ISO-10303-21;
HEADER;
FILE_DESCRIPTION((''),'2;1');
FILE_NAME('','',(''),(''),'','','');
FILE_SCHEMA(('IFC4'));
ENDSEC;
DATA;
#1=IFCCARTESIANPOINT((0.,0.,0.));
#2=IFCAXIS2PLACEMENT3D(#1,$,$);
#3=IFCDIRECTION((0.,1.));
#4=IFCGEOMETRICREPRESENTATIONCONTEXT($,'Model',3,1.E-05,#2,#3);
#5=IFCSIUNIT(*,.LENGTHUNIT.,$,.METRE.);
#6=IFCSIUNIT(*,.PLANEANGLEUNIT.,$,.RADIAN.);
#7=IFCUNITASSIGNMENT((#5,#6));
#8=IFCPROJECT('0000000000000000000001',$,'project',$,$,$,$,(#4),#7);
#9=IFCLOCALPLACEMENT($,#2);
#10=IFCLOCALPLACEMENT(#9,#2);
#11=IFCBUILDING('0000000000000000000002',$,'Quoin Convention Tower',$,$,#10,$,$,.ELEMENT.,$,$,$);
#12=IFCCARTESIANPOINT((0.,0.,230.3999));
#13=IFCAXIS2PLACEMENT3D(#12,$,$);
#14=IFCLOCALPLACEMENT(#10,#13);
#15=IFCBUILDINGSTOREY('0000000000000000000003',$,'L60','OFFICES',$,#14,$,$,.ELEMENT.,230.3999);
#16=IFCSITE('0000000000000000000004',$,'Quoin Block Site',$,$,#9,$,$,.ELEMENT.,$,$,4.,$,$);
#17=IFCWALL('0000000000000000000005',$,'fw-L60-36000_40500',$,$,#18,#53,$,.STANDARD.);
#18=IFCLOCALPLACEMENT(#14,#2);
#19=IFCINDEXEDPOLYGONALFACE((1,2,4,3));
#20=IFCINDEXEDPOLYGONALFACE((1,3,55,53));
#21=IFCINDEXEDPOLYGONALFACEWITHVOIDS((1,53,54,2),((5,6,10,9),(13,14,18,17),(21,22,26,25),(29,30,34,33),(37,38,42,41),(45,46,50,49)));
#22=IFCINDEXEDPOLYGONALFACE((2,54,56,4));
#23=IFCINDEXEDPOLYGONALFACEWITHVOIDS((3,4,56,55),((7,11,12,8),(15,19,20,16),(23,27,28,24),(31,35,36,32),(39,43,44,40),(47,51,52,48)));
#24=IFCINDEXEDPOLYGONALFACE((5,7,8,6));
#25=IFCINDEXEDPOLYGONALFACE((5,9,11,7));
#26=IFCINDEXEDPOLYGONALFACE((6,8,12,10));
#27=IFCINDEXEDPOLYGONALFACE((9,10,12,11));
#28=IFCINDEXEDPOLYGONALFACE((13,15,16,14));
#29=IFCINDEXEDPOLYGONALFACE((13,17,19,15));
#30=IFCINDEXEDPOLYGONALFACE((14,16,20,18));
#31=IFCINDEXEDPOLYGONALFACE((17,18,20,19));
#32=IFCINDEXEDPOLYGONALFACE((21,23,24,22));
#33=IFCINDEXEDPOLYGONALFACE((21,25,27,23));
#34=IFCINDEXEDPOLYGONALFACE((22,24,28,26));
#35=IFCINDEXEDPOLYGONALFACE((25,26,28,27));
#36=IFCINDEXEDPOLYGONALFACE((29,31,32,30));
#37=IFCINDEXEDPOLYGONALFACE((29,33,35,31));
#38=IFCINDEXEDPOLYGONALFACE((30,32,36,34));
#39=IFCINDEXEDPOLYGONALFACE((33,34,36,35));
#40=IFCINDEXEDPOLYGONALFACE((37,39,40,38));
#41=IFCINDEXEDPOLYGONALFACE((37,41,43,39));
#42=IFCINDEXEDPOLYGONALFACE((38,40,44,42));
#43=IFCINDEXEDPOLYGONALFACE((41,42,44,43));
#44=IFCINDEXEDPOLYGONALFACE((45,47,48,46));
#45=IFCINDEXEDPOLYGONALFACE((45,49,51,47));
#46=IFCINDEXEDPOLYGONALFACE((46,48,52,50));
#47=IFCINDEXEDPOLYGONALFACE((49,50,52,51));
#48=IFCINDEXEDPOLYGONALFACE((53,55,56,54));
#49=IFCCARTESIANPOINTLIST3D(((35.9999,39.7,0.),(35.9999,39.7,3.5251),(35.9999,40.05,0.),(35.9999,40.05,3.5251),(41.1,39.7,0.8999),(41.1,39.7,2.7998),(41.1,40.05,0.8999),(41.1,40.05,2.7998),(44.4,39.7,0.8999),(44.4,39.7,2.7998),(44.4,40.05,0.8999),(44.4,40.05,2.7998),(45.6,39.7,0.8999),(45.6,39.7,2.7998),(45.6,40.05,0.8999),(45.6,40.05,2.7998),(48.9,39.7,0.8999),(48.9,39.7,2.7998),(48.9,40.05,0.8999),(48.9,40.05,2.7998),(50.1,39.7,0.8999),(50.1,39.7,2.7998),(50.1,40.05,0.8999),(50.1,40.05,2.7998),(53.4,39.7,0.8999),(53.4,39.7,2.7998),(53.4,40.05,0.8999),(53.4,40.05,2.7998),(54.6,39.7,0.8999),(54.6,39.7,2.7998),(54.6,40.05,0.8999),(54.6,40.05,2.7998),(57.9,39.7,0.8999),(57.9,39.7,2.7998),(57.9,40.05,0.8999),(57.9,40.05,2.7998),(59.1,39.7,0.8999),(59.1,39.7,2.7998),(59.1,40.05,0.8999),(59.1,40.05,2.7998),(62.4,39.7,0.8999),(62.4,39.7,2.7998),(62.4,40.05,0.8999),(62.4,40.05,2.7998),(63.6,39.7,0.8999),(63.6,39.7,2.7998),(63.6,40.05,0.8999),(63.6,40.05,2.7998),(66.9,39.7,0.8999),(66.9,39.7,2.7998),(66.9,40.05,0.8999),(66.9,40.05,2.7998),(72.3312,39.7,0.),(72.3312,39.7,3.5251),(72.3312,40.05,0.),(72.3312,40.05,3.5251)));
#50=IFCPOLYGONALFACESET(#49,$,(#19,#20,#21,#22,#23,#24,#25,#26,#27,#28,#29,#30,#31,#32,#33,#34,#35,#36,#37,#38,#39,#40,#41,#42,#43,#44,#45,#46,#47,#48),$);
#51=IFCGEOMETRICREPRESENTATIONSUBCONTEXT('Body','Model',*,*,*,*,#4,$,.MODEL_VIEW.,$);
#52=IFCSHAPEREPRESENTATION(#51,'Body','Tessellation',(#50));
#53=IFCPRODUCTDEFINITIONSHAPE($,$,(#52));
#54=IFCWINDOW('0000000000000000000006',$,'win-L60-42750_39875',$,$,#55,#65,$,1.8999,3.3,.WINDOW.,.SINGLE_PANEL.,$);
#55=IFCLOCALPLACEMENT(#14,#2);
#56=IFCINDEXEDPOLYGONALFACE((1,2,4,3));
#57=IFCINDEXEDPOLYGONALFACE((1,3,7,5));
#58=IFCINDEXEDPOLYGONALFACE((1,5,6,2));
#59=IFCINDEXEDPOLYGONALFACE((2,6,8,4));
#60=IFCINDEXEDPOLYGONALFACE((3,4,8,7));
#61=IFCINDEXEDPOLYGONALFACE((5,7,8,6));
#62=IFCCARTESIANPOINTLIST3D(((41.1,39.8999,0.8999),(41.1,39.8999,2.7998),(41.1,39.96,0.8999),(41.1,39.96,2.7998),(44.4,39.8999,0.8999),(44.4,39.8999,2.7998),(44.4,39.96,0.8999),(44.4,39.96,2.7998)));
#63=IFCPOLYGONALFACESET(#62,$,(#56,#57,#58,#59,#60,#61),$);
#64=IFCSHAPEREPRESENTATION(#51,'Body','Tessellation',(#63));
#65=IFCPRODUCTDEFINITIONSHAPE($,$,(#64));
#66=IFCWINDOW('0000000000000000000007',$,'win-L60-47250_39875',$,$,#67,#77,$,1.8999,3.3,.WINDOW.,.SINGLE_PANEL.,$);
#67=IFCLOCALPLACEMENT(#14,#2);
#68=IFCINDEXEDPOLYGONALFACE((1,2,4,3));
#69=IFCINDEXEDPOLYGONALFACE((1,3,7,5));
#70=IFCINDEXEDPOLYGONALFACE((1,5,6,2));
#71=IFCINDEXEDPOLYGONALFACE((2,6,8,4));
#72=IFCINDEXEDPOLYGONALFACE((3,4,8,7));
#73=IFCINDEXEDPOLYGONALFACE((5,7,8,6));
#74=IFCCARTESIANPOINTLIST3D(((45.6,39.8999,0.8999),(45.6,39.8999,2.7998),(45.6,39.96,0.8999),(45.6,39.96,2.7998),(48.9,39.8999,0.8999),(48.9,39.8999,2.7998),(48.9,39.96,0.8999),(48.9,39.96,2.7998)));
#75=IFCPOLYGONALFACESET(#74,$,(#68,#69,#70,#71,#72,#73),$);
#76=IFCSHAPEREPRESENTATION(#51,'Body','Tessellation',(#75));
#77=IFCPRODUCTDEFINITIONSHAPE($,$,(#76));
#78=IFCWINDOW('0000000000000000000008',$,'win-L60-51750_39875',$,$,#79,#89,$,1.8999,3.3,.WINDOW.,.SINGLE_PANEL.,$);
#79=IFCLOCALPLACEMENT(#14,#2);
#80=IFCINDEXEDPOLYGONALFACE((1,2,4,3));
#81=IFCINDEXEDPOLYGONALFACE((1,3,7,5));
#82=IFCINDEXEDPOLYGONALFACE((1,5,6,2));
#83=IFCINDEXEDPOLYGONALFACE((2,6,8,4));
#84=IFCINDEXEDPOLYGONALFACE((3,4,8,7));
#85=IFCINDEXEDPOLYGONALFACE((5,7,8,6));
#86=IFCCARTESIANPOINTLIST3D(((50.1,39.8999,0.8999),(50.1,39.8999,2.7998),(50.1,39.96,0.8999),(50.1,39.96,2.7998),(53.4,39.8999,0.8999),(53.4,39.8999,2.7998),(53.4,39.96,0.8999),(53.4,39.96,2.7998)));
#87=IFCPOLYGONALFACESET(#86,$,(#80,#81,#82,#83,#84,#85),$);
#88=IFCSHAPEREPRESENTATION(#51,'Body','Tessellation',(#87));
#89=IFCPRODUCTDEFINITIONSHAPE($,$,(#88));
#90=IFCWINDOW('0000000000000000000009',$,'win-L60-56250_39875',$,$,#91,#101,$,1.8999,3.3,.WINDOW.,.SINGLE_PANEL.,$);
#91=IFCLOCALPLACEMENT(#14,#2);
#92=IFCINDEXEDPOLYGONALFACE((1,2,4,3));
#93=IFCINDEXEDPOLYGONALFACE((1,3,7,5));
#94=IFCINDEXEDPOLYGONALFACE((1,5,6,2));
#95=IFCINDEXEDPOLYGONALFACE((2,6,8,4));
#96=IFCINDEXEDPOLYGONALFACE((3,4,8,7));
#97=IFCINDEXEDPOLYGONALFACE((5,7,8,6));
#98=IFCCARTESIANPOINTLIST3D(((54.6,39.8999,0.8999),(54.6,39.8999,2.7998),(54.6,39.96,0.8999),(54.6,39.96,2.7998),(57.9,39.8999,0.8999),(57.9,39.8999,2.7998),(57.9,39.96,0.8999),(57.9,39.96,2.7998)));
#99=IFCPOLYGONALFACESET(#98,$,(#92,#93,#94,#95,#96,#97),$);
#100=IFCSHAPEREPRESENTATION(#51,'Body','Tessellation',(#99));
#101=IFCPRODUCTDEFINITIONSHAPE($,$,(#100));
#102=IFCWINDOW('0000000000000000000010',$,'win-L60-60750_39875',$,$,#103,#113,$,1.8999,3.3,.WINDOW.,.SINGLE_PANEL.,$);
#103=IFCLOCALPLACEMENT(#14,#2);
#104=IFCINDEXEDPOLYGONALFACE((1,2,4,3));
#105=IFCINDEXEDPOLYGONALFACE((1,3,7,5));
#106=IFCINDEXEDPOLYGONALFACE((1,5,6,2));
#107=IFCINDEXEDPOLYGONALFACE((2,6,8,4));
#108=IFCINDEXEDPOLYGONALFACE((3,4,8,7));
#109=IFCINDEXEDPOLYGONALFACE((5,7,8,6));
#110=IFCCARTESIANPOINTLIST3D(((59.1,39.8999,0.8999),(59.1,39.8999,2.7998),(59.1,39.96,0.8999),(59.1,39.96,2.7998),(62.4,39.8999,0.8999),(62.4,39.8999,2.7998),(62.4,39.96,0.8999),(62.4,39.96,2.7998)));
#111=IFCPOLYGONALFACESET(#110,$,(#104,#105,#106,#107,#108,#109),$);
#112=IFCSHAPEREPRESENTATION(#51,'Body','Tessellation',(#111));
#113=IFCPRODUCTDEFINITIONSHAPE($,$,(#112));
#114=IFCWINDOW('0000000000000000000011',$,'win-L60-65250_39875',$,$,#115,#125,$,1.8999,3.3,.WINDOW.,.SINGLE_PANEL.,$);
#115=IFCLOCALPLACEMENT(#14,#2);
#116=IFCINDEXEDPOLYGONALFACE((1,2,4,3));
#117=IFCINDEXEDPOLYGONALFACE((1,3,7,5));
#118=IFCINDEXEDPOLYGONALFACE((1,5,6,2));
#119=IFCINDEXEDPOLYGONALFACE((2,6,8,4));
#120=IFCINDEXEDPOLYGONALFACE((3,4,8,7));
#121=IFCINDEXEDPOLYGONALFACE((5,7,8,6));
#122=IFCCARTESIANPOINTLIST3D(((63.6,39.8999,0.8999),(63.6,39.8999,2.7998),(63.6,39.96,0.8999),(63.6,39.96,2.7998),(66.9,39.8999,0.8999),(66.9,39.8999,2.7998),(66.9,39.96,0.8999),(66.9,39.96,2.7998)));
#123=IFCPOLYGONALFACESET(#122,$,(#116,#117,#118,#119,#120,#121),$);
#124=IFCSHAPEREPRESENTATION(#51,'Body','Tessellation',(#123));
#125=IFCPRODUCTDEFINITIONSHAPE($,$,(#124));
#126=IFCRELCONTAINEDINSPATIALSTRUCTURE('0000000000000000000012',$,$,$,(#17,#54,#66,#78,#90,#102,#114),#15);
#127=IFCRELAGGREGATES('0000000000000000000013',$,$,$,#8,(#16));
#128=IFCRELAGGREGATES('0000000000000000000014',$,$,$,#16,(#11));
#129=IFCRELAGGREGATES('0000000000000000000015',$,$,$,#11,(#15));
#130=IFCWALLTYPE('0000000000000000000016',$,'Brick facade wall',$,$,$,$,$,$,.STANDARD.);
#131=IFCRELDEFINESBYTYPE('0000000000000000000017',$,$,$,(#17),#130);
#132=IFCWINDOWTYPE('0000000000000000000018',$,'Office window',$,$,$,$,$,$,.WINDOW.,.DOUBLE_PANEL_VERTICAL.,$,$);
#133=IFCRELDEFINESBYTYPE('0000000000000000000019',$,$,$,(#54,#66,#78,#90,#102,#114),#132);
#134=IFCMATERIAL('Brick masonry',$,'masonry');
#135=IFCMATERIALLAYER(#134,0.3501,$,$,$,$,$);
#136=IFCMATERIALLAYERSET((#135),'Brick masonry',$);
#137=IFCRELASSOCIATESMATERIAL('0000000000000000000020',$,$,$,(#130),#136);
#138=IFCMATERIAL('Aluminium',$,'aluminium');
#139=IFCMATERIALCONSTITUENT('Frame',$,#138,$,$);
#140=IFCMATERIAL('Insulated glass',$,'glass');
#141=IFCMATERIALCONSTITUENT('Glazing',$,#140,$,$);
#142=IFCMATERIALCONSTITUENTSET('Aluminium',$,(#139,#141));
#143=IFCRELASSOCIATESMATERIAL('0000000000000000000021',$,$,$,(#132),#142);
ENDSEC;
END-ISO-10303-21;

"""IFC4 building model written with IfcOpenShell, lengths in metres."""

from ifc_helpers import new_model, si_unit, direction, frame, frame_2d, origin, place, context, subcontext, project, spatial, rectangle, extrude, material, layer, layer_set, constituent, constituent_set, type_object, element, fill, save


model = new_model("IFC4")

# Units and contexts
model_context = context("Model", 3, precision=1e-05, world=origin(), true_north=direction((0.0, 1.0)))
body_context = subcontext(model_context, "Body", "Model", "MODEL_VIEW")
ifc_project = project(units=[si_unit("LENGTHUNIT", "METRE"), si_unit("PLANEANGLEUNIT", "RADIAN")], contexts=[model_context])

# Site, building, storey
site_placement = place(None, origin())
site = spatial("IfcSite", under=ifc_project, at=site_placement, Name="Quoin Block Site", CompositionType="ELEMENT", RefElevation=4.0)
building_placement = place(site_placement, origin())
building = spatial("IfcBuilding", under=site, at=building_placement, Name="Quoin Convention Tower", CompositionType="ELEMENT")
storey_placement = place(building_placement, frame((0.0, 0.0, 230.3999)))
storey = spatial("IfcBuildingStorey", under=building, at=storey_placement, Name="L60", Description="OFFICES", CompositionType="ELEMENT", Elevation=230.3999)

# Wall, openings, windows
ifc_material_1 = material(Name="Brick masonry", Category="masonry")
ifc_layer_1 = layer(ifc_material_1, 0.3501)
ifc_layer_set_1 = layer_set([ifc_layer_1], Name="Brick masonry")
wall_type = type_object("IfcWallType", Name="Brick facade wall", PredefinedType="STANDARD", material=ifc_layer_set_1)
wall_1_placement = place(storey_placement, frame((36.0, 39.875, 0.0), z_axis=(0.0, 0.0, 1.0), x_axis=(1.0, 0.0, 0.0)))
wall_1 = element("IfcWall", 1, at=wall_1_placement, inside=storey, type_object=wall_type, Name="fw-L60-36000_40500", PredefinedType="STANDARD", context=body_context, shape_type="SweptSolid", body=[
    extrude(rectangle(XDim=36.3313, YDim=0.3501, at=frame_2d((18.1655, 0.0))), origin(), (0.0, 0.0, 1.0), 3.5251),
])
opening_1_placement = place(wall_1_placement, frame((5.1001, 0.0, 0.8999)))
opening_1 = element("IfcOpeningElement", 2, at=opening_1_placement, cuts=wall_1, PredefinedType="OPENING", context=body_context, shape_type="SweptSolid", body=[
    extrude(rectangle(XDim=3.3, YDim=1.8999, at=frame_2d((1.6499, 0.95))), frame((0.0, 0.1851, 0.0), z_axis=(0.0, -1.0, 0.0), x_axis=(1.0, 0.0, 0.0)), (0.0, 0.0, 1.0), 0.3701),
])
opening_2_placement = place(wall_1_placement, frame((9.6001, 0.0, 0.8999)))
opening_2 = element("IfcOpeningElement", 3, at=opening_2_placement, cuts=wall_1, PredefinedType="OPENING", context=body_context, shape_type="SweptSolid", body=[
    extrude(rectangle(XDim=3.3, YDim=1.8999, at=frame_2d((1.6499, 0.95))), frame((0.0, 0.1851, 0.0), z_axis=(0.0, -1.0, 0.0), x_axis=(1.0, 0.0, 0.0)), (0.0, 0.0, 1.0), 0.3701),
])
opening_3_placement = place(wall_1_placement, frame((14.1001, 0.0, 0.8999)))
opening_3 = element("IfcOpeningElement", 4, at=opening_3_placement, cuts=wall_1, PredefinedType="OPENING", context=body_context, shape_type="SweptSolid", body=[
    extrude(rectangle(XDim=3.3, YDim=1.8999, at=frame_2d((1.6499, 0.95))), frame((0.0, 0.1851, 0.0), z_axis=(0.0, -1.0, 0.0), x_axis=(1.0, 0.0, 0.0)), (0.0, 0.0, 1.0), 0.3701),
])
opening_4_placement = place(wall_1_placement, frame((18.6001, 0.0, 0.8999)))
opening_4 = element("IfcOpeningElement", 5, at=opening_4_placement, cuts=wall_1, PredefinedType="OPENING", context=body_context, shape_type="SweptSolid", body=[
    extrude(rectangle(XDim=3.3, YDim=1.8999, at=frame_2d((1.6499, 0.95))), frame((0.0, 0.1851, 0.0), z_axis=(0.0, -1.0, 0.0), x_axis=(1.0, 0.0, 0.0)), (0.0, 0.0, 1.0), 0.3701),
])
opening_5_placement = place(wall_1_placement, frame((23.1001, 0.0, 0.8999)))
opening_5 = element("IfcOpeningElement", 6, at=opening_5_placement, cuts=wall_1, PredefinedType="OPENING", context=body_context, shape_type="SweptSolid", body=[
    extrude(rectangle(XDim=3.3, YDim=1.8999, at=frame_2d((1.6499, 0.95))), frame((0.0, 0.1851, 0.0), z_axis=(0.0, -1.0, 0.0), x_axis=(1.0, 0.0, 0.0)), (0.0, 0.0, 1.0), 0.3701),
])
opening_6_placement = place(wall_1_placement, frame((27.6001, 0.0, 0.8999)))
opening_6 = element("IfcOpeningElement", 7, at=opening_6_placement, cuts=wall_1, PredefinedType="OPENING", context=body_context, shape_type="SweptSolid", body=[
    extrude(rectangle(XDim=3.3, YDim=1.8999, at=frame_2d((1.6499, 0.95))), frame((0.0, 0.1851, 0.0), z_axis=(0.0, -1.0, 0.0), x_axis=(1.0, 0.0, 0.0)), (0.0, 0.0, 1.0), 0.3701),
])
ifc_material_2 = material(Name="Aluminium", Category="aluminium")
ifc_constituent_1 = constituent(ifc_material_2, Name="Frame")
ifc_material_3 = material(Name="Insulated glass", Category="glass")
ifc_constituent_2 = constituent(ifc_material_3, Name="Glazing")
ifc_constituent_set = constituent_set(constituents=[ifc_constituent_1, ifc_constituent_2], Name="Aluminium")
window_type = type_object("IfcWindowType", Name="Office window", PartitioningType="DOUBLE_PANEL_VERTICAL", PredefinedType="WINDOW", material=ifc_constituent_set)
window_1_placement = place(opening_1_placement, origin())
window_1 = element("IfcWindow", 8, at=window_1_placement, inside=storey, type_object=window_type, Name="win-L60-42750_39875", OverallHeight=1.8999, OverallWidth=3.3, PartitioningType="SINGLE_PANEL", PredefinedType="WINDOW", context=body_context, shape_type="SweptSolid", body=[
    extrude(rectangle(XDim=3.3, YDim=1.8999, at=frame_2d((1.6499, 0.95))), frame((0.0, 0.085, 0.0), z_axis=(0.0, -1.0, 0.0), x_axis=(1.0, 0.0, 0.0)), (0.0, 0.0, 1.0), 0.0601),
])
fill(opening_1, window_1)
window_2_placement = place(opening_2_placement, origin())
window_2 = element("IfcWindow", 9, at=window_2_placement, inside=storey, type_object=window_type, Name="win-L60-47250_39875", OverallHeight=1.8999, OverallWidth=3.3, PartitioningType="SINGLE_PANEL", PredefinedType="WINDOW", context=body_context, shape_type="SweptSolid", body=[
    extrude(rectangle(XDim=3.3, YDim=1.8999, at=frame_2d((1.6499, 0.95))), frame((0.0, 0.085, 0.0), z_axis=(0.0, -1.0, 0.0), x_axis=(1.0, 0.0, 0.0)), (0.0, 0.0, 1.0), 0.0601),
])
fill(opening_2, window_2)
window_3_placement = place(opening_3_placement, origin())
window_3 = element("IfcWindow", 10, at=window_3_placement, inside=storey, type_object=window_type, Name="win-L60-51750_39875", OverallHeight=1.8999, OverallWidth=3.3, PartitioningType="SINGLE_PANEL", PredefinedType="WINDOW", context=body_context, shape_type="SweptSolid", body=[
    extrude(rectangle(XDim=3.3, YDim=1.8999, at=frame_2d((1.6499, 0.95))), frame((0.0, 0.085, 0.0), z_axis=(0.0, -1.0, 0.0), x_axis=(1.0, 0.0, 0.0)), (0.0, 0.0, 1.0), 0.0601),
])
fill(opening_3, window_3)
window_4_placement = place(opening_4_placement, origin())
window_4 = element("IfcWindow", 11, at=window_4_placement, inside=storey, type_object=window_type, Name="win-L60-56250_39875", OverallHeight=1.8999, OverallWidth=3.3, PartitioningType="SINGLE_PANEL", PredefinedType="WINDOW", context=body_context, shape_type="SweptSolid", body=[
    extrude(rectangle(XDim=3.3, YDim=1.8999, at=frame_2d((1.6499, 0.95))), frame((0.0, 0.085, 0.0), z_axis=(0.0, -1.0, 0.0), x_axis=(1.0, 0.0, 0.0)), (0.0, 0.0, 1.0), 0.0601),
])
fill(opening_4, window_4)
window_5_placement = place(opening_5_placement, origin())
window_5 = element("IfcWindow", 12, at=window_5_placement, inside=storey, type_object=window_type, Name="win-L60-60750_39875", OverallHeight=1.8999, OverallWidth=3.3, PartitioningType="SINGLE_PANEL", PredefinedType="WINDOW", context=body_context, shape_type="SweptSolid", body=[
    extrude(rectangle(XDim=3.3, YDim=1.8999, at=frame_2d((1.6499, 0.95))), frame((0.0, 0.085, 0.0), z_axis=(0.0, -1.0, 0.0), x_axis=(1.0, 0.0, 0.0)), (0.0, 0.0, 1.0), 0.0601),
])
fill(opening_5, window_5)
window_6_placement = place(opening_6_placement, origin())
window_6 = element("IfcWindow", 13, at=window_6_placement, inside=storey, type_object=window_type, Name="win-L60-65250_39875", OverallHeight=1.8999, OverallWidth=3.3, PartitioningType="SINGLE_PANEL", PredefinedType="WINDOW", context=body_context, shape_type="SweptSolid", body=[
    extrude(rectangle(XDim=3.3, YDim=1.8999, at=frame_2d((1.6499, 0.95))), frame((0.0, 0.085, 0.0), z_axis=(0.0, -1.0, 0.0), x_axis=(1.0, 0.0, 0.0)), (0.0, 0.0, 1.0), 0.0601),
])
fill(opening_6, window_6)

save(model, "model.ifc")
